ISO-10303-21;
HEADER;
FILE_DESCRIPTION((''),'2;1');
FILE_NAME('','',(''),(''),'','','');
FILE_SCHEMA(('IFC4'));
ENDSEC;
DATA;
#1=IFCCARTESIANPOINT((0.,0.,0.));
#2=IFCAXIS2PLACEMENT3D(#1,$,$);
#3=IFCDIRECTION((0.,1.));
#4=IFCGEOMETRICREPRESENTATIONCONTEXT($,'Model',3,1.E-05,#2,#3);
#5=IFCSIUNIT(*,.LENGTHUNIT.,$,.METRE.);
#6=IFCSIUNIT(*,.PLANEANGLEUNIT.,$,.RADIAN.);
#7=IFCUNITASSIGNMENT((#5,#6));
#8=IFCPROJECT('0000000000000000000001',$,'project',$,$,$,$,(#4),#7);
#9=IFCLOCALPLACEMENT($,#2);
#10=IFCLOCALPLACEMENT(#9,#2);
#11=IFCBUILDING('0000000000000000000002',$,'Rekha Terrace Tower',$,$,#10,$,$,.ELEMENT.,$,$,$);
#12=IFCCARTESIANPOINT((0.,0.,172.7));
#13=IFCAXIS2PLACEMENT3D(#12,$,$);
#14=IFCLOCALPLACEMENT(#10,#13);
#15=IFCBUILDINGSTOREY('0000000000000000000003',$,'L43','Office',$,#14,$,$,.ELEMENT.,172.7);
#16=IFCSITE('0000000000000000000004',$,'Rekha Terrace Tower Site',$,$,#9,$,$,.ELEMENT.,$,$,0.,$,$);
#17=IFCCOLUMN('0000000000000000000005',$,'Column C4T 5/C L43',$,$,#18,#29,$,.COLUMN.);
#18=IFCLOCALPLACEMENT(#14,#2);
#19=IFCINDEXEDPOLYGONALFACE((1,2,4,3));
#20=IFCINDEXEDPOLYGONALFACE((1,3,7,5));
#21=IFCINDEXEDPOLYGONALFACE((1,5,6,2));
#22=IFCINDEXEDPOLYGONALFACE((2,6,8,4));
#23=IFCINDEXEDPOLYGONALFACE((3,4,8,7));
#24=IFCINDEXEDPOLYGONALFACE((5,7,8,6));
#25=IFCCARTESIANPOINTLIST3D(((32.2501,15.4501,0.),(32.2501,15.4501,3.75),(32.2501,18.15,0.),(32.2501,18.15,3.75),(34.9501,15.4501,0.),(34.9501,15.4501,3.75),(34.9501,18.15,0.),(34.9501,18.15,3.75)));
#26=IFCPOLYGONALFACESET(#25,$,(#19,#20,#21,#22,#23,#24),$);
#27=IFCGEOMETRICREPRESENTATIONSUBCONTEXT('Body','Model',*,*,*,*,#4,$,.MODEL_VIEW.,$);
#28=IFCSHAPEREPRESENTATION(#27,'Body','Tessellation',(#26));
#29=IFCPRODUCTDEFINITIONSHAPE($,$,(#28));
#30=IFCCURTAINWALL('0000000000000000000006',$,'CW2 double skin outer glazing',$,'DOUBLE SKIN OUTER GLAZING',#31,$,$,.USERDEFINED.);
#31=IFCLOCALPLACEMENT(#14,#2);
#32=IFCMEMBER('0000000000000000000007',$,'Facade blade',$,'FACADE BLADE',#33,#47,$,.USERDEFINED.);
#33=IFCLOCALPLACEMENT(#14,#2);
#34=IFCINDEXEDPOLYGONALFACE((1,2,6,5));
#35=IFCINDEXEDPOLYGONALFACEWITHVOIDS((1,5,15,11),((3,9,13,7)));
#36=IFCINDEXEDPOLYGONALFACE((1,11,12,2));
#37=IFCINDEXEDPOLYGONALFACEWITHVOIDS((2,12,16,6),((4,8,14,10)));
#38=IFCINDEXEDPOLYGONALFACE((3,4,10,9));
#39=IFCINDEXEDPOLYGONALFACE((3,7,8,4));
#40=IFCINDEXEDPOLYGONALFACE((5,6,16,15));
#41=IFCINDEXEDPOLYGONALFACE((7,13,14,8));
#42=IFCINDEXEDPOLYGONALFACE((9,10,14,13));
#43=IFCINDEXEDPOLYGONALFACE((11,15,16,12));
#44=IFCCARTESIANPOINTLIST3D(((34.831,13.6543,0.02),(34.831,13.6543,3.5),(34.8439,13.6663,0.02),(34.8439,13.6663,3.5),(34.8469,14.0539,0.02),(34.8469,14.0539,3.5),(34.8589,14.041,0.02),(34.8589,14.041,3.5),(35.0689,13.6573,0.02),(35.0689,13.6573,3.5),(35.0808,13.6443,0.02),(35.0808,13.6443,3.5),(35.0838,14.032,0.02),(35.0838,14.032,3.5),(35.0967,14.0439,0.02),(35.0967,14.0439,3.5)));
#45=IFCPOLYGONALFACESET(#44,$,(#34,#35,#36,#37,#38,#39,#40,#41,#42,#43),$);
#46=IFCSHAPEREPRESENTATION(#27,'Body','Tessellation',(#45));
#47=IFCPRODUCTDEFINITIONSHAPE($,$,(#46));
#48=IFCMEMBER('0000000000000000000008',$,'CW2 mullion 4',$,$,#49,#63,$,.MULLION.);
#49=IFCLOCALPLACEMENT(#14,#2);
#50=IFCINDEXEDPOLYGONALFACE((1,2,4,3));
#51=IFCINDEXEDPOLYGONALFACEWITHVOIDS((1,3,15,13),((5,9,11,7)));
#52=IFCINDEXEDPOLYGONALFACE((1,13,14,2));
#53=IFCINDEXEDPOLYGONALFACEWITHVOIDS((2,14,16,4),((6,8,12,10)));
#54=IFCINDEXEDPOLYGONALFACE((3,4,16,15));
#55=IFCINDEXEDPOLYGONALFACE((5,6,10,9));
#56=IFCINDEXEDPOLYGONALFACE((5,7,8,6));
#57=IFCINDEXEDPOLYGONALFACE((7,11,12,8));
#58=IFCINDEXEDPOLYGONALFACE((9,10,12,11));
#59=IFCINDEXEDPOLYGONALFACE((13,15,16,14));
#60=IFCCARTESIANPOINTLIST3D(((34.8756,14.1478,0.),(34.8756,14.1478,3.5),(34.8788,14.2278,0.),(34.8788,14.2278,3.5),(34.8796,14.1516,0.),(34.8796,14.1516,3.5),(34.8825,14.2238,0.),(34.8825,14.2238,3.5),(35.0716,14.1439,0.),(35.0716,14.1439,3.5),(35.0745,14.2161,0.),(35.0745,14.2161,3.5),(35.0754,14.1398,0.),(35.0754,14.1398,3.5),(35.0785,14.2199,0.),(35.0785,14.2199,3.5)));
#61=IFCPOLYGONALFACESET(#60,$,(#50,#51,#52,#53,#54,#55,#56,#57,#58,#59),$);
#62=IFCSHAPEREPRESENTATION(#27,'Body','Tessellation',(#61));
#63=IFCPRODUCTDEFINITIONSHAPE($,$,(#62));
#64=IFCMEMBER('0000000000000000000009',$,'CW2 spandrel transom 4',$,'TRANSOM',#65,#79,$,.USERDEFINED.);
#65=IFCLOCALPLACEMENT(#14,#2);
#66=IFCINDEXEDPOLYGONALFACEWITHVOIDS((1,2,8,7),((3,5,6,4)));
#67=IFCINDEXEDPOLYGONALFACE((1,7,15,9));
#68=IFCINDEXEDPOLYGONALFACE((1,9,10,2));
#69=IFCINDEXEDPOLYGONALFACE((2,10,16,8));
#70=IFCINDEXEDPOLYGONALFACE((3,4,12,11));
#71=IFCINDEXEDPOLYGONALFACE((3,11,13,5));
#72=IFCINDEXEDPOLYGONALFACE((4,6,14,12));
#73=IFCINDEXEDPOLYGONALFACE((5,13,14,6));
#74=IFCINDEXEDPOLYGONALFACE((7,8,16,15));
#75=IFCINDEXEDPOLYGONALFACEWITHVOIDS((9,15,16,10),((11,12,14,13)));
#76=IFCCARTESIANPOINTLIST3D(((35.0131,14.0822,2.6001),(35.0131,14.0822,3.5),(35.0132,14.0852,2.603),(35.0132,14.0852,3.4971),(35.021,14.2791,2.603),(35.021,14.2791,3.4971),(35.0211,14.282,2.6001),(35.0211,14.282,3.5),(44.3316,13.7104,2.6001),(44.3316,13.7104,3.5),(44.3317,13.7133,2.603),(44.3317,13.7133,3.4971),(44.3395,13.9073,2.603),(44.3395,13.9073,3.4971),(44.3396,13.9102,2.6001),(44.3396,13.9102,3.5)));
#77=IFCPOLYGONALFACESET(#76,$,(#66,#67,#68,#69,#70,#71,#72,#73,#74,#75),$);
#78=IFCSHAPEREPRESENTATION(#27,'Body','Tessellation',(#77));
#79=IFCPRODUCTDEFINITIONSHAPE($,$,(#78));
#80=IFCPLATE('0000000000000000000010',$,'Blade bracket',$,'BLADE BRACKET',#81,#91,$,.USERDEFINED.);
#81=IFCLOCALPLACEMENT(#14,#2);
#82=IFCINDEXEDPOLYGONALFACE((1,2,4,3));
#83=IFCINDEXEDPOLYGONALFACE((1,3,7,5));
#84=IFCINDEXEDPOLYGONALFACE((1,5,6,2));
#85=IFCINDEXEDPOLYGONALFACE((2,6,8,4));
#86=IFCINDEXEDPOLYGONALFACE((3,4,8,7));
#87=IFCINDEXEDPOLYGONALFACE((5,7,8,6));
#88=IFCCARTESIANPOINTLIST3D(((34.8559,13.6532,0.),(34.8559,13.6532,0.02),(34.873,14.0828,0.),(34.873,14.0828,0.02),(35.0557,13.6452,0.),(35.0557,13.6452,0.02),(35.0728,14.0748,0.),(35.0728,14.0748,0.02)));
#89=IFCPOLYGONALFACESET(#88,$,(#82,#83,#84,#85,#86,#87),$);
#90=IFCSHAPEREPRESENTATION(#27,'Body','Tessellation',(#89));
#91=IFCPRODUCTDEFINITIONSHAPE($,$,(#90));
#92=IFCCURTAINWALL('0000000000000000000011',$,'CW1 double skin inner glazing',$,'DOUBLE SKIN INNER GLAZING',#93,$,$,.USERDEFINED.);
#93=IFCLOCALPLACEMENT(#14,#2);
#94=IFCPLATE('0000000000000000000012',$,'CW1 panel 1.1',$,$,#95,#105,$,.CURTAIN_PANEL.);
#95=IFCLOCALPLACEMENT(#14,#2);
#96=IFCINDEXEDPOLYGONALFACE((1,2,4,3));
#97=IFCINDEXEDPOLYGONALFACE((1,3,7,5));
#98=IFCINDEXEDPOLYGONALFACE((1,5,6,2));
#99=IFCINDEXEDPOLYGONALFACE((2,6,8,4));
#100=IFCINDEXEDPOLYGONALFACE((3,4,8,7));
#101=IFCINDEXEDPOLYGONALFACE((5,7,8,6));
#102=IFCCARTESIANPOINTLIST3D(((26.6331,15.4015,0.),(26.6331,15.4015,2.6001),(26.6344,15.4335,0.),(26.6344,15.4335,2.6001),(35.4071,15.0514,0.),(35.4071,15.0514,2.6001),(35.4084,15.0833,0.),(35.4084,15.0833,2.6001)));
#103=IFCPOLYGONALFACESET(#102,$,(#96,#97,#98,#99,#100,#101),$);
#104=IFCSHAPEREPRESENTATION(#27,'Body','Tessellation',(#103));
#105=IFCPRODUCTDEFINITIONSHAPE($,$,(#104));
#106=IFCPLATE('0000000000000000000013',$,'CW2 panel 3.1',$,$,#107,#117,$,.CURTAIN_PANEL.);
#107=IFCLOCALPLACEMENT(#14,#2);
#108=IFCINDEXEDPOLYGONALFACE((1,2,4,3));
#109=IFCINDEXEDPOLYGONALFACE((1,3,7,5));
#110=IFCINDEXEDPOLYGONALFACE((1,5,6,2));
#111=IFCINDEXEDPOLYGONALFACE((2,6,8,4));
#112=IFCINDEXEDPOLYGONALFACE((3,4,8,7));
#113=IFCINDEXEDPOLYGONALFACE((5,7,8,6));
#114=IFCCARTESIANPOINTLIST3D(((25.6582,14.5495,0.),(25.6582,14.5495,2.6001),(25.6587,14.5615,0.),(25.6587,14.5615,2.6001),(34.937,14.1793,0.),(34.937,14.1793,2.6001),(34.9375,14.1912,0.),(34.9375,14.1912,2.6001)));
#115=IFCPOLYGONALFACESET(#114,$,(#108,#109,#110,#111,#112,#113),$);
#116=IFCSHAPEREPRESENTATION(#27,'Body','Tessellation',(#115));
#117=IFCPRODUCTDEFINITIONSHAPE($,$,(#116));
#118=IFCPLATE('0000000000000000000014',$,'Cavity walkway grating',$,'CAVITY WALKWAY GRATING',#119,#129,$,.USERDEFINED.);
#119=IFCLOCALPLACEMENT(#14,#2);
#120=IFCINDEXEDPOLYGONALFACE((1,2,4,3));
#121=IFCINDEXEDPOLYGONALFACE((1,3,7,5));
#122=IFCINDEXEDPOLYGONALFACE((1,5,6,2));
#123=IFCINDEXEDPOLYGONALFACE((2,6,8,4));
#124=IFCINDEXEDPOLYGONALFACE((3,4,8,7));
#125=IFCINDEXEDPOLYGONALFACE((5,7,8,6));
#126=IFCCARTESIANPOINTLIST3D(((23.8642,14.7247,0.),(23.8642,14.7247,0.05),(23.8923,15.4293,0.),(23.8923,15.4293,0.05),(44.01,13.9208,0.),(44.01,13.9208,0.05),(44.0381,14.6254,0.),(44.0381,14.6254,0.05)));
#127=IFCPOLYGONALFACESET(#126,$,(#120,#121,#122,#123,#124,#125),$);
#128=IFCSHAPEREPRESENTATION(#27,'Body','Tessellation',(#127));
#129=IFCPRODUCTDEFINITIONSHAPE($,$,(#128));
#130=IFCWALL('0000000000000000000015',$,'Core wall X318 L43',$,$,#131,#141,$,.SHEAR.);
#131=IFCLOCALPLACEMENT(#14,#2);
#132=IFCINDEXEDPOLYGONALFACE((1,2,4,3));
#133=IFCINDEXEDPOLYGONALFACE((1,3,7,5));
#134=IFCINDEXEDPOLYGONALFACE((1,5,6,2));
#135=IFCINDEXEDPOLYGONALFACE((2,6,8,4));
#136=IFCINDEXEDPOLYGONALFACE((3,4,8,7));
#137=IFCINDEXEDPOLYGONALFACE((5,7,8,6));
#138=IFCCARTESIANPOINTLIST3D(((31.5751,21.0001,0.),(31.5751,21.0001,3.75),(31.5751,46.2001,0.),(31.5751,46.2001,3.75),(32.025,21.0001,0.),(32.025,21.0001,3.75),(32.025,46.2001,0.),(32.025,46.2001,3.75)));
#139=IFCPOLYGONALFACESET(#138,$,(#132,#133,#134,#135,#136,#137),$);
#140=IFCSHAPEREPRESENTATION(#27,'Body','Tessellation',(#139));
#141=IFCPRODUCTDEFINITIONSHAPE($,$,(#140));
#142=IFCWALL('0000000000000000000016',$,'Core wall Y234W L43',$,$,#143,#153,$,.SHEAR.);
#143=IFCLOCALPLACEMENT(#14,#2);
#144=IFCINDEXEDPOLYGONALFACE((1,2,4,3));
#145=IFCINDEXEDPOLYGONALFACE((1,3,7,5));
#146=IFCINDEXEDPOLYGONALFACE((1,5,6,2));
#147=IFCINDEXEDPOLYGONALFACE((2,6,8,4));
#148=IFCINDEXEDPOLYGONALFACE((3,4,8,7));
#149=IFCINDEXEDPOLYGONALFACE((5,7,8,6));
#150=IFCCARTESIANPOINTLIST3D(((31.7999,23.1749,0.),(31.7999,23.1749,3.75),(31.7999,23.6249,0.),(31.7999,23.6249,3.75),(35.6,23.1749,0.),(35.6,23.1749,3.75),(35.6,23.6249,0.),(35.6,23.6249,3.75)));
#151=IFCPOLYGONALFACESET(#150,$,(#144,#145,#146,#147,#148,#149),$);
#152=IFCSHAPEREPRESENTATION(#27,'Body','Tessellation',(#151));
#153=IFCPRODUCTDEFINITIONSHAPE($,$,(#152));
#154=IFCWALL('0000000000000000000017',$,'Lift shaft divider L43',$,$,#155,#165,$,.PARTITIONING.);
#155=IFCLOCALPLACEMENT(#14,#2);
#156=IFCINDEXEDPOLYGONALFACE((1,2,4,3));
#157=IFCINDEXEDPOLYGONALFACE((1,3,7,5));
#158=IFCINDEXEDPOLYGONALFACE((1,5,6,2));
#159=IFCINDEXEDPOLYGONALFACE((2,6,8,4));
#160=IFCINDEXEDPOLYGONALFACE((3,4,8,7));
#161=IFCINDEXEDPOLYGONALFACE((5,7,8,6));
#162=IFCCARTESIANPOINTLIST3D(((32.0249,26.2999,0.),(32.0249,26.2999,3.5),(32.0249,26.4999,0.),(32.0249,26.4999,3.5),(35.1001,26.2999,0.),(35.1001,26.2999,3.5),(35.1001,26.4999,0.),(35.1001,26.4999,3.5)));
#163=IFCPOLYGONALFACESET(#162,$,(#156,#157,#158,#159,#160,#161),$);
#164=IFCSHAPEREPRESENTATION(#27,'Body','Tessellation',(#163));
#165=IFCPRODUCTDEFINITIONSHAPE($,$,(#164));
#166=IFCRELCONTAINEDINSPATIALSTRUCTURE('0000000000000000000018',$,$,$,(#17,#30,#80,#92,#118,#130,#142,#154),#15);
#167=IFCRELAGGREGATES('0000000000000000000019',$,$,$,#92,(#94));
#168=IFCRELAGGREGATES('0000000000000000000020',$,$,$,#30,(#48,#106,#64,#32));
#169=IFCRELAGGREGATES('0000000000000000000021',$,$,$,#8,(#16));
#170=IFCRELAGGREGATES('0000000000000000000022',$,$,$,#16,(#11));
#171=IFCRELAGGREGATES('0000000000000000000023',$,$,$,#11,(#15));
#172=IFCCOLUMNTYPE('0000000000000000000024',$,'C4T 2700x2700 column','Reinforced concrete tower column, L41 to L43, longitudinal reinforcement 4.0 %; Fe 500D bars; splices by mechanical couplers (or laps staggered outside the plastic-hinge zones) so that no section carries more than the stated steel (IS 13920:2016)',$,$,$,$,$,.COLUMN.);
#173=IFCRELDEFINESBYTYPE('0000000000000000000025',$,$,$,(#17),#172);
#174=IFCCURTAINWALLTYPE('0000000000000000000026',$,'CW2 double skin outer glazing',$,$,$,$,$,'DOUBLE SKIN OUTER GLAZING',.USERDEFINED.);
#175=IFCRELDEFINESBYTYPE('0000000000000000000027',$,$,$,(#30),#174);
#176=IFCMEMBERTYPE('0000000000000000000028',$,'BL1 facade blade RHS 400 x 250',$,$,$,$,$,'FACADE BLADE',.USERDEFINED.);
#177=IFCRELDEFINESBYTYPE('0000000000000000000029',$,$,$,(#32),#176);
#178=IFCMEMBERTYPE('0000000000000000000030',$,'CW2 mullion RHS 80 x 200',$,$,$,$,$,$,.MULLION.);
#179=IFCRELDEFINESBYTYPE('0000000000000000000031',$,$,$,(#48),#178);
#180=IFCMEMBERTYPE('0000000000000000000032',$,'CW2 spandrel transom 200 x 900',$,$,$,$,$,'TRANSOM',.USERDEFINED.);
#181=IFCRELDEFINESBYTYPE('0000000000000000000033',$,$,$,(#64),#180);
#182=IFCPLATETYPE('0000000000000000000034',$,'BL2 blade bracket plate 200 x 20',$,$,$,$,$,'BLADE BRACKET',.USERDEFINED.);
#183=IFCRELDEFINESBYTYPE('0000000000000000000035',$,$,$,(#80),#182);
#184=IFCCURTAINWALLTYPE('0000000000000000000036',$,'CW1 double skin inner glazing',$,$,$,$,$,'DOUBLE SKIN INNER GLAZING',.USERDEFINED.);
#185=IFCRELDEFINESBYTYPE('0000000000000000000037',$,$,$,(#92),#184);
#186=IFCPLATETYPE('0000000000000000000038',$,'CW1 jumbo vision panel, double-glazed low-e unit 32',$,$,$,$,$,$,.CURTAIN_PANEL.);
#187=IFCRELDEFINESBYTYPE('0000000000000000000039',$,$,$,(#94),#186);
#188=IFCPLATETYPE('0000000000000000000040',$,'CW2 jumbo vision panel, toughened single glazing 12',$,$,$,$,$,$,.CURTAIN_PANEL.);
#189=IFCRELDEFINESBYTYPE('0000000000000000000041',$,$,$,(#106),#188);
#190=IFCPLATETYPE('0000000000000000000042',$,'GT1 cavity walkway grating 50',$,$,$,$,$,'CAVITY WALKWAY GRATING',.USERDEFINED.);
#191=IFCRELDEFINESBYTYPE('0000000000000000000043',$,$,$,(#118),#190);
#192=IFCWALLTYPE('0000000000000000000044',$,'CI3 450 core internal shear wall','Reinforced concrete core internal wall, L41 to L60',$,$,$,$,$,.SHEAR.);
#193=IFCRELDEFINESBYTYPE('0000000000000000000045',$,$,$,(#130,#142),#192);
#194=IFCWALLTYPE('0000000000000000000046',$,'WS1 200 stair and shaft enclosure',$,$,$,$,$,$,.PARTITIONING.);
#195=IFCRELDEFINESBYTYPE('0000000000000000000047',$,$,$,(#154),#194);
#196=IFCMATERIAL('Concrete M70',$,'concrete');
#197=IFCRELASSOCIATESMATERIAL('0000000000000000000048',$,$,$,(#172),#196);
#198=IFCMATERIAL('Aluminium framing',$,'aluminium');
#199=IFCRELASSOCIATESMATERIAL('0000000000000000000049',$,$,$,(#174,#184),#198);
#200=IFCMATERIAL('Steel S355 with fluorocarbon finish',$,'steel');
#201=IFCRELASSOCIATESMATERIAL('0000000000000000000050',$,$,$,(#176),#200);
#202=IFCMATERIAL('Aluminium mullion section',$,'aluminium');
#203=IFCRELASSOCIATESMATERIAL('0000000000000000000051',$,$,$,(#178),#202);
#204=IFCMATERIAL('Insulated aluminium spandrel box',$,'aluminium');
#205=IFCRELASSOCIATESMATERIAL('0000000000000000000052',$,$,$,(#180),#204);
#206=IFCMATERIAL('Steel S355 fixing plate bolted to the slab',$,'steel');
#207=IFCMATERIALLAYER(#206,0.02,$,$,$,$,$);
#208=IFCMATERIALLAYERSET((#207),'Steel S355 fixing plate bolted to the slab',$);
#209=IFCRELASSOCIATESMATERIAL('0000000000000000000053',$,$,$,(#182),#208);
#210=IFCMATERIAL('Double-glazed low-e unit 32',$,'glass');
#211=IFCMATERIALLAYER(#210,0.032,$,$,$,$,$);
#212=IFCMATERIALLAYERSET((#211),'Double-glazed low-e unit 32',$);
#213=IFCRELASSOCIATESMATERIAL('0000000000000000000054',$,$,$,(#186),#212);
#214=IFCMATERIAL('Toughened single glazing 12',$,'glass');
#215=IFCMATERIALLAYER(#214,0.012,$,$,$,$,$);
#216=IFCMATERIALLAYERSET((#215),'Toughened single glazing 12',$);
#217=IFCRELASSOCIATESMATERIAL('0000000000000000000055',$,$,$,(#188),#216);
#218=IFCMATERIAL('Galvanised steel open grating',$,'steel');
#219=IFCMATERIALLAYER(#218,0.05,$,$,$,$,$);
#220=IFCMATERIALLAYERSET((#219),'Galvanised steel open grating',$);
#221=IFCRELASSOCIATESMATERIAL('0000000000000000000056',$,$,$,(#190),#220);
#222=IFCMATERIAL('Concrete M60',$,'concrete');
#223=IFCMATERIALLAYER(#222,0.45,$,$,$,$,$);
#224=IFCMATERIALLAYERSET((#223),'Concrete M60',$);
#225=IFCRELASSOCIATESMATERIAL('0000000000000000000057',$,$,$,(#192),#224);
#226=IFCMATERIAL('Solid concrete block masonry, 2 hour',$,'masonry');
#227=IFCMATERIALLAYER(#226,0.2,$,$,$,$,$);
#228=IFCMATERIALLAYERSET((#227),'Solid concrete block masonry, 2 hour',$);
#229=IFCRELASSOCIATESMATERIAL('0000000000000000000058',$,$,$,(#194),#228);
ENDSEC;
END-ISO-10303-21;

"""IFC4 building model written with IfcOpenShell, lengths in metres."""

from ifc_helpers import new_model, si_unit, direction, frame, frame_2d, origin, origin_2d, place, context, subcontext, project, spatial, rectangle, hollow_rectangle, extrude, material, layer, layer_set, material_profile, profile_set, type_object, element, aggregate, save


model = new_model("IFC4")

# Units and contexts
model_context = context("Model", 3, precision=1e-05, world=origin(), true_north=direction((0.0, 1.0)))
body_context = subcontext(model_context, "Body", "Model", "MODEL_VIEW")
ifc_project = project(units=[si_unit("LENGTHUNIT", "METRE"), si_unit("PLANEANGLEUNIT", "RADIAN")], contexts=[model_context])

# Site, building, storey
site_placement = place(None, origin())
site = spatial("IfcSite", under=ifc_project, at=site_placement, Name="Rekha Terrace Tower Site", CompositionType="ELEMENT", RefElevation=0.0)
building_placement = place(site_placement, origin())
building = spatial("IfcBuilding", under=site, at=building_placement, Name="Rekha Terrace Tower", CompositionType="ELEMENT")
storey_placement = place(building_placement, frame((0.0, 0.0, 172.7)))
storey = spatial("IfcBuildingStorey", under=building, at=storey_placement, Name="L43", Description="Office", CompositionType="ELEMENT", Elevation=172.7)

# Column
ifc_material_1 = material(Name="Concrete M70", Category="concrete")
ifc_material_profile_1 = material_profile(ifc_material_1, rectangle(XDim=2.7, YDim=2.7, at=origin_2d()), Name="RC 2700x2700")
ifc_profile_set_1 = profile_set([ifc_material_profile_1], Name="Concrete M70")
column_type = type_object("IfcColumnType", Name="C4T 2700x2700 column", Description="Reinforced concrete tower column, L41 to L43, longitudinal reinforcement 4.0 %; Fe 500D bars; splices by mechanical couplers (or laps staggered outside the plastic-hinge zones) so that no section carries more than the stated steel (IS 13920:2016)", PredefinedType="COLUMN", material=ifc_profile_set_1)
column_placement = place(storey_placement, frame((33.6001, 16.8, 0.0), z_axis=(0.0, 0.0, 1.0), x_axis=(1.0, 0.0, 0.0)))
element("IfcColumn", 1, at=column_placement, inside=storey, type_object=column_type, Name="Column C4T 5/C L43", PredefinedType="COLUMN", context=body_context, shape_type="SweptSolid", body=[
    extrude(rectangle(XDim=2.7, YDim=2.7, at=origin_2d()), origin(), (0.0, 0.0, 1.0), 3.75),
])

# Curtain wall, members
ifc_material_2 = material(Name="Aluminium framing", Category="aluminium")
curtain_wall_type_1 = type_object("IfcCurtainWallType", Name="CW2 double skin outer glazing", ElementType="DOUBLE SKIN OUTER GLAZING", PredefinedType="USERDEFINED", material=ifc_material_2)
curtain_wall_1_placement = place(storey_placement, origin())
curtain_wall_1 = element("IfcCurtainWall", 2, at=curtain_wall_1_placement, inside=storey, type_object=curtain_wall_type_1, Name="CW2 double skin outer glazing", ObjectType="DOUBLE SKIN OUTER GLAZING", PredefinedType="USERDEFINED")
ifc_material_3 = material(Name="Steel S355 with fluorocarbon finish", Category="steel")
ifc_material_profile_2 = material_profile(ifc_material_3, hollow_rectangle(XDim=0.25, YDim=0.3999, WallThickness=0.0125, at=origin_2d()), Name="RHS400x250x12.5")
ifc_profile_set_2 = profile_set([ifc_material_profile_2], Name="Steel S355 with fluorocarbon finish")
member_type_1 = type_object("IfcMemberType", Name="BL1 facade blade RHS 400 x 250", ElementType="FACADE BLADE", PredefinedType="USERDEFINED", material=ifc_profile_set_2)
member_1_placement = place(storey_placement, frame((34.9639, 13.8491, 0.02), z_axis=(0.0, 0.0, 1.0), x_axis=(0.999205, -0.039872, 0.0)))
member_1 = element("IfcMember", 3, at=member_1_placement, type_object=member_type_1, Name="Facade blade", ObjectType="FACADE BLADE", PredefinedType="USERDEFINED", context=body_context, shape_type="SweptSolid", body=[
    extrude(hollow_rectangle(XDim=0.25, YDim=0.3999, WallThickness=0.0125, at=origin_2d()), origin(), (0.0, 0.0, 1.0), 3.48),
])
ifc_material_4 = material(Name="Aluminium mullion section", Category="aluminium")
ifc_material_profile_3 = material_profile(ifc_material_4, hollow_rectangle(XDim=0.0801, YDim=0.2, WallThickness=0.0039, at=origin_2d()), Name="AL RHS 80x200")
ifc_profile_set_3 = profile_set([ifc_material_profile_3], Name="Aluminium mullion section")
member_type_2 = type_object("IfcMemberType", Name="CW2 mullion RHS 80 x 200", PredefinedType="MULLION", material=ifc_profile_set_3)
member_2_placement = place(storey_placement, frame((34.9771, 14.1838, 0.0), z_axis=(0.0, 0.0, 1.0), x_axis=(0.039872, 0.999205, 0.0)))
member_2 = element("IfcMember", 4, at=member_2_placement, type_object=member_type_2, Name="CW2 mullion 4", PredefinedType="MULLION", context=body_context, shape_type="SweptSolid", body=[
    extrude(hollow_rectangle(XDim=0.0801, YDim=0.2, WallThickness=0.0039, at=origin_2d()), origin(), (0.0, 0.0, 1.0), 3.5),
])
ifc_material_5 = material(Name="Insulated aluminium spandrel box", Category="aluminium")
ifc_material_profile_4 = material_profile(ifc_material_5, hollow_rectangle(XDim=0.2, YDim=0.8999, WallThickness=0.0029, at=origin_2d()), Name="AL SPANDREL BOX 200x900")
ifc_profile_set_4 = profile_set([ifc_material_profile_4], Name="Insulated aluminium spandrel box")
member_type_3 = type_object("IfcMemberType", Name="CW2 spandrel transom 200 x 900", ElementType="TRANSOM", PredefinedType="USERDEFINED", material=ifc_profile_set_4)
member_3_placement = place(storey_placement, frame((35.0171, 14.1821, 3.05), z_axis=(0.999205, -0.03987, 0.0), x_axis=(0.03987, 0.999205, 0.0)))
member_3 = element("IfcMember", 5, at=member_3_placement, type_object=member_type_3, Name="CW2 spandrel transom 4", ObjectType="TRANSOM", PredefinedType="USERDEFINED", context=body_context, shape_type="SweptSolid", body=[
    extrude(hollow_rectangle(XDim=0.2, YDim=0.8999, WallThickness=0.0029, at=origin_2d()), origin(), (0.0, 0.0, 1.0), 9.3259),
])

# Plate
ifc_material_6 = material(Name="Steel S355 fixing plate bolted to the slab", Category="steel")
ifc_layer_1 = layer(ifc_material_6, 0.02)
ifc_layer_set_1 = layer_set([ifc_layer_1], Name="Steel S355 fixing plate bolted to the slab")
plate_type_1 = type_object("IfcPlateType", Name="BL2 blade bracket plate 200 x 20", ElementType="BLADE BRACKET", PredefinedType="USERDEFINED", material=ifc_layer_set_1)
plate_1_placement = place(storey_placement, frame((34.9644, 13.864, 0.0), z_axis=(0.0, 0.0, 1.0), x_axis=(-0.039872, -0.999205, 0.0)))
element("IfcPlate", 6, at=plate_1_placement, inside=storey, type_object=plate_type_1, Name="Blade bracket", ObjectType="BLADE BRACKET", PredefinedType="USERDEFINED", context=body_context, shape_type="SweptSolid", body=[
    extrude(rectangle(XDim=0.4299, YDim=0.2, at=origin_2d()), origin(), (0.0, 0.0, 1.0), 0.02),
])

# Curtain wall, plate
curtain_wall_type_2 = type_object("IfcCurtainWallType", Name="CW1 double skin inner glazing", ElementType="DOUBLE SKIN INNER GLAZING", PredefinedType="USERDEFINED", material=ifc_material_2)
curtain_wall_2_placement = place(storey_placement, origin())
curtain_wall_2 = element("IfcCurtainWall", 7, at=curtain_wall_2_placement, inside=storey, type_object=curtain_wall_type_2, Name="CW1 double skin inner glazing", ObjectType="DOUBLE SKIN INNER GLAZING", PredefinedType="USERDEFINED")
ifc_material_7 = material(Name="Double-glazed low-e unit 32", Category="glass")
ifc_layer_2 = layer(ifc_material_7, 0.032)
ifc_layer_set_2 = layer_set([ifc_layer_2], Name="Double-glazed low-e unit 32")
plate_type_2 = type_object("IfcPlateType", Name="CW1 jumbo vision panel, double-glazed low-e unit 32", PredefinedType="CURTAIN_PANEL", material=ifc_layer_set_2)
plate_2_placement = place(storey_placement, frame((31.0208, 15.2424, 0.0), z_axis=(0.0, 0.0, 1.0), x_axis=(0.999205, -0.039872, 0.0)))
plate_2 = element("IfcPlate", 8, at=plate_2_placement, type_object=plate_type_2, Name="CW1 panel 1.1", PredefinedType="CURTAIN_PANEL", context=body_context, shape_type="SweptSolid", body=[
    extrude(rectangle(XDim=8.781, YDim=0.032, at=origin_2d()), origin(), (0.0, 0.0, 1.0), 2.6001),
])
aggregate(curtain_wall_2, [plate_2])

# Plates
ifc_material_8 = material(Name="Toughened single glazing 12", Category="glass")
ifc_layer_3 = layer(ifc_material_8, 0.012)
ifc_layer_set_3 = layer_set([ifc_layer_3], Name="Toughened single glazing 12")
plate_type_3 = type_object("IfcPlateType", Name="CW2 jumbo vision panel, toughened single glazing 12", PredefinedType="CURTAIN_PANEL", material=ifc_layer_set_3)
plate_3_placement = place(storey_placement, frame((30.2979, 14.3704, 0.0), z_axis=(0.0, 0.0, 1.0), x_axis=(0.999205, -0.039872, 0.0)))
plate_3 = element("IfcPlate", 9, at=plate_3_placement, type_object=plate_type_3, Name="CW2 panel 3.1", PredefinedType="CURTAIN_PANEL", context=body_context, shape_type="SweptSolid", body=[
    extrude(rectangle(XDim=9.2861, YDim=0.012, at=origin_2d()), origin(), (0.0, 0.0, 1.0), 2.6001),
])
aggregate(curtain_wall_1, [member_2, plate_3, member_3, member_1])
ifc_material_9 = material(Name="Galvanised steel open grating", Category="steel")
ifc_layer_4 = layer(ifc_material_9, 0.05)
ifc_layer_set_4 = layer_set([ifc_layer_4], Name="Galvanised steel open grating")
plate_type_4 = type_object("IfcPlateType", Name="GT1 cavity walkway grating 50", ElementType="CAVITY WALKWAY GRATING", PredefinedType="USERDEFINED", material=ifc_layer_set_4)
plate_4_placement = place(storey_placement, frame((33.9512, 14.675, 0.0), z_axis=(0.0, 0.0, 1.0), x_axis=(0.999205, -0.039872, 0.0)))
element("IfcPlate", 10, at=plate_4_placement, inside=storey, type_object=plate_type_4, Name="Cavity walkway grating", ObjectType="CAVITY WALKWAY GRATING", PredefinedType="USERDEFINED", context=body_context, shape_type="SweptSolid", body=[
    extrude(rectangle(XDim=20.1619, YDim=0.7051, at=origin_2d()), origin(), (0.0, 0.0, 1.0), 0.05),
])

# Walls
ifc_material_10 = material(Name="Concrete M60", Category="concrete")
ifc_layer_5 = layer(ifc_material_10, 0.45)
ifc_layer_set_5 = layer_set([ifc_layer_5], Name="Concrete M60")
wall_type_1 = type_object("IfcWallType", Name="CI3 450 core internal shear wall", Description="Reinforced concrete core internal wall, L41 to L60", PredefinedType="SHEAR", material=ifc_layer_set_5)
wall_1_placement = place(storey_placement, frame((31.8, 21.0, 0.0), z_axis=(0.0, 0.0, 1.0), x_axis=(0.0, 1.0, 0.0)))
element("IfcWall", 11, at=wall_1_placement, inside=storey, type_object=wall_type_1, Name="Core wall X318 L43", PredefinedType="SHEAR", context=body_context, shape_type="SweptSolid", body=[
    extrude(rectangle(XDim=25.2, YDim=0.45, at=frame_2d((12.6001, 0.0))), origin(), (0.0, 0.0, 1.0), 3.75),
])
wall_2_placement = place(storey_placement, frame((31.8, 23.3999, 0.0), z_axis=(0.0, 0.0, 1.0), x_axis=(1.0, 0.0, 0.0)))
element("IfcWall", 12, at=wall_2_placement, inside=storey, type_object=wall_type_1, Name="Core wall Y234W L43", PredefinedType="SHEAR", context=body_context, shape_type="SweptSolid", body=[
    extrude(rectangle(XDim=3.8, YDim=0.45, at=frame_2d((1.8999, 0.0))), origin(), (0.0, 0.0, 1.0), 3.75),
])
ifc_material_11 = material(Name="Solid concrete block masonry, 2 hour", Category="masonry")
ifc_layer_6 = layer(ifc_material_11, 0.2)
ifc_layer_set_6 = layer_set([ifc_layer_6], Name="Solid concrete block masonry, 2 hour")
wall_type_2 = type_object("IfcWallType", Name="WS1 200 stair and shaft enclosure", PredefinedType="PARTITIONING", material=ifc_layer_set_6)
wall_3_placement = place(storey_placement, frame((32.0249, 26.3999, 0.0), z_axis=(0.0, 0.0, 1.0), x_axis=(1.0, 0.0, 0.0)))
element("IfcWall", 13, at=wall_3_placement, inside=storey, type_object=wall_type_2, Name="Lift shaft divider L43", PredefinedType="PARTITIONING", context=body_context, shape_type="SweptSolid", body=[
    extrude(rectangle(XDim=3.0752, YDim=0.2, at=frame_2d((1.5376, 0.0))), origin(), (0.0, 0.0, 1.0), 3.5),
])

save(model, "model.ifc")
